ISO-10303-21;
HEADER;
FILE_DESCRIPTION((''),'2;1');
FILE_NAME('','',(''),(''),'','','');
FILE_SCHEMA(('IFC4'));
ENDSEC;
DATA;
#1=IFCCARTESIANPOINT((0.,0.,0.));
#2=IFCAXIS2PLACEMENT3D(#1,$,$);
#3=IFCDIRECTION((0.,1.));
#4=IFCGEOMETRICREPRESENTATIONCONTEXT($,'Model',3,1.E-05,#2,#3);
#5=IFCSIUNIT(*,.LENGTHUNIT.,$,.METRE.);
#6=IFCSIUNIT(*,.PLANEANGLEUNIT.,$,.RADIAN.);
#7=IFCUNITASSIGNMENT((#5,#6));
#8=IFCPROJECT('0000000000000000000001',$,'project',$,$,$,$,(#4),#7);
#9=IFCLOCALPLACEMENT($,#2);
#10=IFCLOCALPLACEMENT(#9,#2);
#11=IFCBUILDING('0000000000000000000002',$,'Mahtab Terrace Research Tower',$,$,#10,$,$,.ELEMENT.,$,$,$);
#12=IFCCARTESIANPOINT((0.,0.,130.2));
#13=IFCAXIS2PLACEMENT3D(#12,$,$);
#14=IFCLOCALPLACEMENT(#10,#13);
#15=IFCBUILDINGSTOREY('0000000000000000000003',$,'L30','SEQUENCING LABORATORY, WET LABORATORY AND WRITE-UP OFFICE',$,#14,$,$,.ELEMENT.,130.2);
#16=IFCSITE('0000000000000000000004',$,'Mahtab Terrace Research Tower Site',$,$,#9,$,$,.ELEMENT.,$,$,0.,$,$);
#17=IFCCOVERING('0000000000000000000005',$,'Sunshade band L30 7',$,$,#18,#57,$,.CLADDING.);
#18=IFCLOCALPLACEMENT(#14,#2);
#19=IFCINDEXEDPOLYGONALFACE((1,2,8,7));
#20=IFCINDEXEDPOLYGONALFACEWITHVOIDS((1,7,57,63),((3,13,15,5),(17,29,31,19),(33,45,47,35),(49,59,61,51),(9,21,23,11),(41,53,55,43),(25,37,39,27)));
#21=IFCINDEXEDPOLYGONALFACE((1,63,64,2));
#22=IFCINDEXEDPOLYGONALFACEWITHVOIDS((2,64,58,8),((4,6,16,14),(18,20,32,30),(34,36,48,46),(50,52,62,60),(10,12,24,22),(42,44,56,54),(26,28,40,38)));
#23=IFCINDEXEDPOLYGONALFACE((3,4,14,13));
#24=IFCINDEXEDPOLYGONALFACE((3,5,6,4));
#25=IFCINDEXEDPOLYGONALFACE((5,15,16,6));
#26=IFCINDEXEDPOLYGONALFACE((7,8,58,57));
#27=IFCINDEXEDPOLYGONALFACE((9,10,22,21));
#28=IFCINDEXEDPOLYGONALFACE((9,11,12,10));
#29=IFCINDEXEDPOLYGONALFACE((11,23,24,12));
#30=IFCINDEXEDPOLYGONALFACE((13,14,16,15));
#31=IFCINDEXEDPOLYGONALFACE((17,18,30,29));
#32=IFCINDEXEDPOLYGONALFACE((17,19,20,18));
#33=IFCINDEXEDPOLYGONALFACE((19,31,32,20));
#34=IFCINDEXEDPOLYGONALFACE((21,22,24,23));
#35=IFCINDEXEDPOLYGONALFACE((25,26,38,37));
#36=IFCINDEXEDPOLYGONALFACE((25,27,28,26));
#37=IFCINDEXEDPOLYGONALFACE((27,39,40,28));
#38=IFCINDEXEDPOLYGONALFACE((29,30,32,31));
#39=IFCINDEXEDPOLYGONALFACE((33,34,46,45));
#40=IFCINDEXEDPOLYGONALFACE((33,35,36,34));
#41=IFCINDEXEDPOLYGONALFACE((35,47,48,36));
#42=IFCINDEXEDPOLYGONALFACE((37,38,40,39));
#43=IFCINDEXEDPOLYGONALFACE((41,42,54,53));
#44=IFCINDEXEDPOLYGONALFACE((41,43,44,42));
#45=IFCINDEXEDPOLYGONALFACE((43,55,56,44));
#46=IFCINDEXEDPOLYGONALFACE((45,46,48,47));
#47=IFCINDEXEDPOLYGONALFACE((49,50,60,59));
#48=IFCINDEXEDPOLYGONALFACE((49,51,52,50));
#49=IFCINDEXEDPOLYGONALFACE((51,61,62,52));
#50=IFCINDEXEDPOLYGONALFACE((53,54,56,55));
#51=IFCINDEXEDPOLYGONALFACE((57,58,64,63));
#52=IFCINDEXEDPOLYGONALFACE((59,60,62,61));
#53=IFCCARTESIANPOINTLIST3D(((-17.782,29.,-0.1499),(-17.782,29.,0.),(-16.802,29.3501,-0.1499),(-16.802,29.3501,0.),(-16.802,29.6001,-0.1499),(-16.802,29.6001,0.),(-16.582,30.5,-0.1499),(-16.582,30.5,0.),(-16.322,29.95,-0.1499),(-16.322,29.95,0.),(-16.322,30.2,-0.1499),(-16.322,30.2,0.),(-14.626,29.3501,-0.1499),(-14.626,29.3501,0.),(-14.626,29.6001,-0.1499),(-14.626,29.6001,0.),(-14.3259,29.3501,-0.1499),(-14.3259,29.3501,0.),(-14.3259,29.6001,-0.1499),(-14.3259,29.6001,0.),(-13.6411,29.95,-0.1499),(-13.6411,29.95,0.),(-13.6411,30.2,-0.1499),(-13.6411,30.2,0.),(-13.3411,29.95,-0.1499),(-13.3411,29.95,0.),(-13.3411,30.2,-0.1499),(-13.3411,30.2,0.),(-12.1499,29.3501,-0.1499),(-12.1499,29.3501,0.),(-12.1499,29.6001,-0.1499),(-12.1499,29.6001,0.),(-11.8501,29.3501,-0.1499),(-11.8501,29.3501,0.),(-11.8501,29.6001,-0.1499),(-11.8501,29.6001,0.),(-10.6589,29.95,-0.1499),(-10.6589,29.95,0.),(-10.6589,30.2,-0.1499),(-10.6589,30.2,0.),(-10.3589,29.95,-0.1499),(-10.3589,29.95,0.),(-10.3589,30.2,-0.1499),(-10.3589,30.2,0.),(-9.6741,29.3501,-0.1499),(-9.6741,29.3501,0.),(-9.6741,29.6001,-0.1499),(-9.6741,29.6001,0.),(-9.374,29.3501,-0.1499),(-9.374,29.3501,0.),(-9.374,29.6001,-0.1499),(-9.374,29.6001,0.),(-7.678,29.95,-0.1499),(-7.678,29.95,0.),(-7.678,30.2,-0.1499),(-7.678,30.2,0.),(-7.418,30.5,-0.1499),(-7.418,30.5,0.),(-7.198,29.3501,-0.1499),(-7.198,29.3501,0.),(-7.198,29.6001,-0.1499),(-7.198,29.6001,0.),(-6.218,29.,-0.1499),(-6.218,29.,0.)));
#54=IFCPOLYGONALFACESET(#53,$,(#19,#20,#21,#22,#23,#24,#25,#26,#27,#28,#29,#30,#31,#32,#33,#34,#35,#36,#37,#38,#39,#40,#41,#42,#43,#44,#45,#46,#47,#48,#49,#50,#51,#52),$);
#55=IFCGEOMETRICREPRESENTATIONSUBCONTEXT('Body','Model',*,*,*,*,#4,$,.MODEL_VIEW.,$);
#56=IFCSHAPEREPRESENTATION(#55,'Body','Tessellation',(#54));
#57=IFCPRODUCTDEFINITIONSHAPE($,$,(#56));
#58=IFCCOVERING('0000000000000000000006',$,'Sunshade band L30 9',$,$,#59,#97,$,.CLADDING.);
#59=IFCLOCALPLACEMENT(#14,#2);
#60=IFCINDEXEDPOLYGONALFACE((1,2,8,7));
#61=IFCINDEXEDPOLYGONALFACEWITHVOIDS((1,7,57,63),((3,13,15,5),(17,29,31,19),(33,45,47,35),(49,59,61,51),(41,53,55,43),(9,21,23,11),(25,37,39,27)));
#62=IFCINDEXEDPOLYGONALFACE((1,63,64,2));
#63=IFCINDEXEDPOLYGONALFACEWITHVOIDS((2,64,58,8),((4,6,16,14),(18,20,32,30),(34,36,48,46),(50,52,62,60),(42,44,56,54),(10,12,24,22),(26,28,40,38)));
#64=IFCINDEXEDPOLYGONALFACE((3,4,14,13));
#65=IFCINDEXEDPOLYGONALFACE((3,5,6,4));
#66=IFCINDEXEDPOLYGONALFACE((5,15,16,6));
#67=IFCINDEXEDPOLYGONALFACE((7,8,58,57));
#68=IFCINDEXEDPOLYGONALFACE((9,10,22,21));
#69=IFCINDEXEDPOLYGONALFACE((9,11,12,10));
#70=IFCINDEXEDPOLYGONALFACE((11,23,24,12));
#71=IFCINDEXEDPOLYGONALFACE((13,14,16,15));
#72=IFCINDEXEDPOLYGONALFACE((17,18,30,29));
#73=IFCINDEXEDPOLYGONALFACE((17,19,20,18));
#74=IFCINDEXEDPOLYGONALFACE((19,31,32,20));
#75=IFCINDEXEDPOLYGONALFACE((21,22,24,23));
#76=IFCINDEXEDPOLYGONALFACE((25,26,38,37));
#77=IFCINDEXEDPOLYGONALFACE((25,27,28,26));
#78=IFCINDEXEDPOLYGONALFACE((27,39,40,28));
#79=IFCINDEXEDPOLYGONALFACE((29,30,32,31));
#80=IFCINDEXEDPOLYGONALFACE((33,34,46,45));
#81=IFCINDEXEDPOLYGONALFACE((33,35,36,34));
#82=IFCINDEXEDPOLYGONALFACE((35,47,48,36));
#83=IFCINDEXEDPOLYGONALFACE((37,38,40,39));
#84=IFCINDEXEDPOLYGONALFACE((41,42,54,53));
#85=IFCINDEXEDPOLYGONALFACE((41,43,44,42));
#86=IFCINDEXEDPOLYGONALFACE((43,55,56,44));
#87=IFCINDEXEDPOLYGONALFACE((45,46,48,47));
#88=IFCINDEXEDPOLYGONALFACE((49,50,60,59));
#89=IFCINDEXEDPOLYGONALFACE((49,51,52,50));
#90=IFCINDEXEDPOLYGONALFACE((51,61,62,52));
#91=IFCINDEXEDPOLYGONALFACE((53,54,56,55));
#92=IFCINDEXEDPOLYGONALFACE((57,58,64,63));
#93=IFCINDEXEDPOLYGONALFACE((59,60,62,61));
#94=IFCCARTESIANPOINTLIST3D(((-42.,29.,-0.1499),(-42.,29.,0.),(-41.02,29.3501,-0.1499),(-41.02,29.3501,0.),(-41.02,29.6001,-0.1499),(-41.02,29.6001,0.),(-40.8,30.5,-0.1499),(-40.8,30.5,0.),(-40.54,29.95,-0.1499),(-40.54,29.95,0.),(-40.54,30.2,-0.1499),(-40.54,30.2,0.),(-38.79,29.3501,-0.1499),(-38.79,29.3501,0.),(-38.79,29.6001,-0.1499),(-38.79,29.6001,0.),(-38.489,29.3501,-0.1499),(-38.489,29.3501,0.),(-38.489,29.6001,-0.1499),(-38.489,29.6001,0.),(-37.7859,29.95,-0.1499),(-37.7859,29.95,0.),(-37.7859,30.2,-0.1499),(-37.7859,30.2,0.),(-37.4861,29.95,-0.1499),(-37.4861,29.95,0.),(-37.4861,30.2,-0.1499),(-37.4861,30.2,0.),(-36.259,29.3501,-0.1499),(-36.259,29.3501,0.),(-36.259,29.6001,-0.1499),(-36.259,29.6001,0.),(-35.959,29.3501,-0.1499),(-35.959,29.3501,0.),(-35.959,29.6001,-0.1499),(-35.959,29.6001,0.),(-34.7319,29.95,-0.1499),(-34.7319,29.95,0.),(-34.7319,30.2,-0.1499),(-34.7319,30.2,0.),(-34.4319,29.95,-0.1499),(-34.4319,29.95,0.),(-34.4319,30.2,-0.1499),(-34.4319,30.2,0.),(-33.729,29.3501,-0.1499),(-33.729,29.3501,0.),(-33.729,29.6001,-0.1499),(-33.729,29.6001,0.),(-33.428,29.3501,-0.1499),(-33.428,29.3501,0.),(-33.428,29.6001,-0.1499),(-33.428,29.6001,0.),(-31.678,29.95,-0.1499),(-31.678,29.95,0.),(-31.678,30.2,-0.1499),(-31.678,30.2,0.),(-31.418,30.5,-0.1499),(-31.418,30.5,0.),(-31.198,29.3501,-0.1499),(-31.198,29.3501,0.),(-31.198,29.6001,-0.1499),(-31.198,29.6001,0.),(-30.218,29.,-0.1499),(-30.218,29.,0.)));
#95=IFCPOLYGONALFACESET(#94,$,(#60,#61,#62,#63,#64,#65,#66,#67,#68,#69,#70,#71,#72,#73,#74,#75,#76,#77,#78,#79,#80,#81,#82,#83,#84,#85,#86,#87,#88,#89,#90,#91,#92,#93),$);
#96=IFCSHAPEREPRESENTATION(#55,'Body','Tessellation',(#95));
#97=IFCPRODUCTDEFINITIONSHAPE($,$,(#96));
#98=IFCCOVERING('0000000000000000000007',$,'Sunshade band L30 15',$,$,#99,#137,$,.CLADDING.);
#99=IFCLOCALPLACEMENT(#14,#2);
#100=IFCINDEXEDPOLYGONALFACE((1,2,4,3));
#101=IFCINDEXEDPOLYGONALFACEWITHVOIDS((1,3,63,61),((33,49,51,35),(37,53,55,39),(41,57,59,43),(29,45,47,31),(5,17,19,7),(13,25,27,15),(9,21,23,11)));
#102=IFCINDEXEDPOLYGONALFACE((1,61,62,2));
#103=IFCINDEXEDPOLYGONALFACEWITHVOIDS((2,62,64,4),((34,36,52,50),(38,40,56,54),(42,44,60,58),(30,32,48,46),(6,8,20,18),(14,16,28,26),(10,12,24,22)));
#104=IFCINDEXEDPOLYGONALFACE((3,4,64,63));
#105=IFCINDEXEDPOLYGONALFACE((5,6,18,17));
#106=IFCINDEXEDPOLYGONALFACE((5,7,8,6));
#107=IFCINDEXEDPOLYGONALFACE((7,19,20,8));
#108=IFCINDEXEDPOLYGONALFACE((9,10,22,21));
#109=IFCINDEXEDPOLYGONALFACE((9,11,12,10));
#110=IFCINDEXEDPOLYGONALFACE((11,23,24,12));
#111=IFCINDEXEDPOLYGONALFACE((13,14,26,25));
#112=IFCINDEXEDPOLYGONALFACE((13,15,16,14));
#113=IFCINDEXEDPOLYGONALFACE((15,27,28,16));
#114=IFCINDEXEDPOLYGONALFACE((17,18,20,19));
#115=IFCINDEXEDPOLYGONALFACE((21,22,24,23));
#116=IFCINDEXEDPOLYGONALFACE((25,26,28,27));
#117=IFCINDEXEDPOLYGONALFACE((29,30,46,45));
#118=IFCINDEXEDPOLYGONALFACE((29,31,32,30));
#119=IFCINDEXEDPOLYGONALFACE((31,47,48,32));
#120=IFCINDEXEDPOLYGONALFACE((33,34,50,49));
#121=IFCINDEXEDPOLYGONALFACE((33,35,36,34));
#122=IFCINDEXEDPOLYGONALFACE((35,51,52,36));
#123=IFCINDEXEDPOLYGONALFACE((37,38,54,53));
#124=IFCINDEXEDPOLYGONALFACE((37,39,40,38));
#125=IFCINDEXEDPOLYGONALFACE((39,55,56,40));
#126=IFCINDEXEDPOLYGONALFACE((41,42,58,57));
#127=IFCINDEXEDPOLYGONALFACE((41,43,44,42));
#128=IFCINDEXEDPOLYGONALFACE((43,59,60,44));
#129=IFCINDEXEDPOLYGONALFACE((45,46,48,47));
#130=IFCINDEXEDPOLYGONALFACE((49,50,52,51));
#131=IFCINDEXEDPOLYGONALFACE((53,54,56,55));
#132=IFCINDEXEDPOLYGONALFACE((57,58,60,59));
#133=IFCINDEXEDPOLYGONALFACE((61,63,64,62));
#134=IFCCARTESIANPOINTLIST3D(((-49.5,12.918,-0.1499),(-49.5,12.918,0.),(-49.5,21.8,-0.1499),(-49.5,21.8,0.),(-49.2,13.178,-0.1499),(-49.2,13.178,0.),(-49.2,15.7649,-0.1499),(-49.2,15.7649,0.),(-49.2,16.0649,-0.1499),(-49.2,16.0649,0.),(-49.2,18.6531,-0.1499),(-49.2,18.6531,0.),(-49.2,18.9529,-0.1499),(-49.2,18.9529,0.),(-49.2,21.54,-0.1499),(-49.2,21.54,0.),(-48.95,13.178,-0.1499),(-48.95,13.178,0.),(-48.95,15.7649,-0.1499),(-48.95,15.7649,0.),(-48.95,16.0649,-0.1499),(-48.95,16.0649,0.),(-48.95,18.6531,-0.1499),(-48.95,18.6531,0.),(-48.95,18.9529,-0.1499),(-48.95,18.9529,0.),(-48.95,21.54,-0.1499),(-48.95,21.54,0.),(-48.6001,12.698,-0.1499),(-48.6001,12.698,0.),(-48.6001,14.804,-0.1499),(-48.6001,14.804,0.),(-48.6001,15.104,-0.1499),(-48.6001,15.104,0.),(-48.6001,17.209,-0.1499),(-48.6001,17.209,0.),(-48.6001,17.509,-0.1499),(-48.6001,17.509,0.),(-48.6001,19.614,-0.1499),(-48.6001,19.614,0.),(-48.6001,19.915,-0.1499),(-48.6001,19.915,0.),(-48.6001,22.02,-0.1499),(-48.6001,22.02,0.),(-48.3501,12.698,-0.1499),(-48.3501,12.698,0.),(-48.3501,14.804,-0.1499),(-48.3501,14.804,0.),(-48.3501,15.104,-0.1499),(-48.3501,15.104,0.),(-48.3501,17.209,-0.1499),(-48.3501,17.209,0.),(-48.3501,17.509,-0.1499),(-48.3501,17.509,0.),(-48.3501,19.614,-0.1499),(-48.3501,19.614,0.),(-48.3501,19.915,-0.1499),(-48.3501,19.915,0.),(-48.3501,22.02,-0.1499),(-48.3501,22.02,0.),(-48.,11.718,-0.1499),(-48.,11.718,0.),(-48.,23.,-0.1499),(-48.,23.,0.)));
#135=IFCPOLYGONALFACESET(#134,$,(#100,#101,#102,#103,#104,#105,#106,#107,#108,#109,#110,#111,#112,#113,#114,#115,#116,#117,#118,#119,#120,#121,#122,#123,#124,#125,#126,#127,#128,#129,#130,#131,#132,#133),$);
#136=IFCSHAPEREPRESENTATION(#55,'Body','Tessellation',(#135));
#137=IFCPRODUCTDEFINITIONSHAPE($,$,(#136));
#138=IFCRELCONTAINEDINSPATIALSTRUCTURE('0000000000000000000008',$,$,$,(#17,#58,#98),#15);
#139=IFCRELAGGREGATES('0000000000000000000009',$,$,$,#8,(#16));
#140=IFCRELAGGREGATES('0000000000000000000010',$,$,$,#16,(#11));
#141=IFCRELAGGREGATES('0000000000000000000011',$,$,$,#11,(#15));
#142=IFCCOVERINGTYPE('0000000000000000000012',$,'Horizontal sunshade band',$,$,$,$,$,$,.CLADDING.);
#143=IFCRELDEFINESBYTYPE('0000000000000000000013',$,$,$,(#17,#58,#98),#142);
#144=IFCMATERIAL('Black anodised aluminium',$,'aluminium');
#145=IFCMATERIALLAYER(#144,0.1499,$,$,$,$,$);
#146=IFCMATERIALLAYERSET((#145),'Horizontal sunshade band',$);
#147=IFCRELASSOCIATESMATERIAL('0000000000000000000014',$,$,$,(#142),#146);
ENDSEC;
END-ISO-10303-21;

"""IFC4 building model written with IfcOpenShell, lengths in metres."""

from ifc_helpers import new_model, si_unit, direction, frame, origin, place, context, subcontext, project, spatial, polyline, outline, extrude, material, layer, layer_set, type_object, element, save


model = new_model("IFC4")

# Units and contexts
model_context = context("Model", 3, precision=1e-05, world=origin(), true_north=direction((0.0, 1.0)))
body_context = subcontext(model_context, "Body", "Model", "MODEL_VIEW")
ifc_project = project(units=[si_unit("LENGTHUNIT", "METRE"), si_unit("PLANEANGLEUNIT", "RADIAN")], contexts=[model_context])

# Site, building, storey
site_placement = place(None, origin())
site = spatial("IfcSite", under=ifc_project, at=site_placement, Name="Mahtab Terrace Research Tower Site", CompositionType="ELEMENT", RefElevation=0.0)
building_placement = place(site_placement, origin())
building = spatial("IfcBuilding", under=site, at=building_placement, Name="Mahtab Terrace Research Tower", CompositionType="ELEMENT")
storey_placement = place(building_placement, frame((0.0, 0.0, 130.2)))
storey = spatial("IfcBuildingStorey", under=building, at=storey_placement, Name="L30", Description="SEQUENCING LABORATORY, WET LABORATORY AND WRITE-UP OFFICE", CompositionType="ELEMENT", Elevation=130.2)

# Coverings
ifc_material_1 = material(Name="Black anodised aluminium", Category="aluminium")
ifc_layer_1 = layer(ifc_material_1, 0.1499)
ifc_layer_set_1 = layer_set([ifc_layer_1], Name="Horizontal sunshade band")
covering_type = type_object("IfcCoveringType", Name="Horizontal sunshade band", PredefinedType="CLADDING", material=ifc_layer_set_1)
covering_1_placement = place(storey_placement, frame((0.0, 0.0, -0.1499)))
element("IfcCovering", 1, at=covering_1_placement, inside=storey, type_object=covering_type, Name="Sunshade band L30 7", PredefinedType="CLADDING", context=body_context, shape_type="SweptSolid", body=[
    extrude(outline(polyline([(-6.218, 29.0), (-17.782, 29.0), (-16.582, 30.5), (-7.418, 30.5), (-6.218, 29.0)]), holes=[polyline([(-7.198, 29.3501), (-9.374, 29.3501), (-9.374, 29.6001), (-7.198, 29.6001), (-7.198, 29.3501)]), polyline([(-9.6741, 29.3501), (-11.8501, 29.3501), (-11.8501, 29.6001), (-9.6741, 29.6001), (-9.6741, 29.3501)]), polyline([(-12.1499, 29.3501), (-14.3259, 29.3501), (-14.3259, 29.6001), (-12.1499, 29.6001), (-12.1499, 29.3501)]), polyline([(-14.626, 29.3501), (-16.802, 29.3501), (-16.802, 29.6001), (-14.626, 29.6001), (-14.626, 29.3501)]), polyline([(-7.678, 29.95), (-10.3589, 29.95), (-10.3589, 30.2), (-7.678, 30.2), (-7.678, 29.95)]), polyline([(-10.6589, 29.95), (-13.3411, 29.95), (-13.3411, 30.2), (-10.6589, 30.2), (-10.6589, 29.95)]), polyline([(-13.6411, 29.95), (-16.322, 29.95), (-16.322, 30.2), (-13.6411, 30.2), (-13.6411, 29.95)])]), origin(), (0.0, 0.0, 1.0), 0.1499),
])
covering_2_placement = place(storey_placement, frame((0.0, 0.0, -0.1499)))
element("IfcCovering", 2, at=covering_2_placement, inside=storey, type_object=covering_type, Name="Sunshade band L30 9", PredefinedType="CLADDING", context=body_context, shape_type="SweptSolid", body=[
    extrude(outline(polyline([(-30.218, 29.0), (-42.0, 29.0), (-40.8, 30.5), (-31.418, 30.5), (-30.218, 29.0)]), holes=[polyline([(-31.198, 29.3501), (-33.428, 29.3501), (-33.428, 29.6001), (-31.198, 29.6001), (-31.198, 29.3501)]), polyline([(-33.729, 29.3501), (-35.959, 29.3501), (-35.959, 29.6001), (-33.729, 29.6001), (-33.729, 29.3501)]), polyline([(-36.259, 29.3501), (-38.489, 29.3501), (-38.489, 29.6001), (-36.259, 29.6001), (-36.259, 29.3501)]), polyline([(-38.79, 29.3501), (-41.02, 29.3501), (-41.02, 29.6001), (-38.79, 29.6001), (-38.79, 29.3501)]), polyline([(-31.678, 29.95), (-34.4319, 29.95), (-34.4319, 30.2), (-31.678, 30.2), (-31.678, 29.95)]), polyline([(-34.7319, 29.95), (-37.4861, 29.95), (-37.4861, 30.2), (-34.7319, 30.2), (-34.7319, 29.95)]), polyline([(-37.7859, 29.95), (-40.54, 29.95), (-40.54, 30.2), (-37.7859, 30.2), (-37.7859, 29.95)])]), origin(), (0.0, 0.0, 1.0), 0.1499),
])
covering_3_placement = place(storey_placement, frame((0.0, 0.0, -0.1499)))
element("IfcCovering", 3, at=covering_3_placement, inside=storey, type_object=covering_type, Name="Sunshade band L30 15", PredefinedType="CLADDING", context=body_context, shape_type="SweptSolid", body=[
    extrude(outline(polyline([(-48.0, 23.0), (-48.0, 11.718), (-49.5, 12.918), (-49.5, 21.8), (-48.0, 23.0)]), holes=[polyline([(-48.3501, 22.02), (-48.3501, 19.915), (-48.6001, 19.915), (-48.6001, 22.02), (-48.3501, 22.02)]), polyline([(-48.3501, 19.614), (-48.3501, 17.509), (-48.6001, 17.509), (-48.6001, 19.614), (-48.3501, 19.614)]), polyline([(-48.3501, 17.209), (-48.3501, 15.104), (-48.6001, 15.104), (-48.6001, 17.209), (-48.3501, 17.209)]), polyline([(-48.3501, 14.804), (-48.3501, 12.698), (-48.6001, 12.698), (-48.6001, 14.804), (-48.3501, 14.804)]), polyline([(-48.95, 21.54), (-48.95, 18.9529), (-49.2, 18.9529), (-49.2, 21.54), (-48.95, 21.54)]), polyline([(-48.95, 18.6531), (-48.95, 16.0649), (-49.2, 16.0649), (-49.2, 18.6531), (-48.95, 18.6531)]), polyline([(-48.95, 15.7649), (-48.95, 13.178), (-49.2, 13.178), (-49.2, 15.7649), (-48.95, 15.7649)])]), origin(), (0.0, 0.0, 1.0), 0.1499),
])

save(model, "model.ifc")
